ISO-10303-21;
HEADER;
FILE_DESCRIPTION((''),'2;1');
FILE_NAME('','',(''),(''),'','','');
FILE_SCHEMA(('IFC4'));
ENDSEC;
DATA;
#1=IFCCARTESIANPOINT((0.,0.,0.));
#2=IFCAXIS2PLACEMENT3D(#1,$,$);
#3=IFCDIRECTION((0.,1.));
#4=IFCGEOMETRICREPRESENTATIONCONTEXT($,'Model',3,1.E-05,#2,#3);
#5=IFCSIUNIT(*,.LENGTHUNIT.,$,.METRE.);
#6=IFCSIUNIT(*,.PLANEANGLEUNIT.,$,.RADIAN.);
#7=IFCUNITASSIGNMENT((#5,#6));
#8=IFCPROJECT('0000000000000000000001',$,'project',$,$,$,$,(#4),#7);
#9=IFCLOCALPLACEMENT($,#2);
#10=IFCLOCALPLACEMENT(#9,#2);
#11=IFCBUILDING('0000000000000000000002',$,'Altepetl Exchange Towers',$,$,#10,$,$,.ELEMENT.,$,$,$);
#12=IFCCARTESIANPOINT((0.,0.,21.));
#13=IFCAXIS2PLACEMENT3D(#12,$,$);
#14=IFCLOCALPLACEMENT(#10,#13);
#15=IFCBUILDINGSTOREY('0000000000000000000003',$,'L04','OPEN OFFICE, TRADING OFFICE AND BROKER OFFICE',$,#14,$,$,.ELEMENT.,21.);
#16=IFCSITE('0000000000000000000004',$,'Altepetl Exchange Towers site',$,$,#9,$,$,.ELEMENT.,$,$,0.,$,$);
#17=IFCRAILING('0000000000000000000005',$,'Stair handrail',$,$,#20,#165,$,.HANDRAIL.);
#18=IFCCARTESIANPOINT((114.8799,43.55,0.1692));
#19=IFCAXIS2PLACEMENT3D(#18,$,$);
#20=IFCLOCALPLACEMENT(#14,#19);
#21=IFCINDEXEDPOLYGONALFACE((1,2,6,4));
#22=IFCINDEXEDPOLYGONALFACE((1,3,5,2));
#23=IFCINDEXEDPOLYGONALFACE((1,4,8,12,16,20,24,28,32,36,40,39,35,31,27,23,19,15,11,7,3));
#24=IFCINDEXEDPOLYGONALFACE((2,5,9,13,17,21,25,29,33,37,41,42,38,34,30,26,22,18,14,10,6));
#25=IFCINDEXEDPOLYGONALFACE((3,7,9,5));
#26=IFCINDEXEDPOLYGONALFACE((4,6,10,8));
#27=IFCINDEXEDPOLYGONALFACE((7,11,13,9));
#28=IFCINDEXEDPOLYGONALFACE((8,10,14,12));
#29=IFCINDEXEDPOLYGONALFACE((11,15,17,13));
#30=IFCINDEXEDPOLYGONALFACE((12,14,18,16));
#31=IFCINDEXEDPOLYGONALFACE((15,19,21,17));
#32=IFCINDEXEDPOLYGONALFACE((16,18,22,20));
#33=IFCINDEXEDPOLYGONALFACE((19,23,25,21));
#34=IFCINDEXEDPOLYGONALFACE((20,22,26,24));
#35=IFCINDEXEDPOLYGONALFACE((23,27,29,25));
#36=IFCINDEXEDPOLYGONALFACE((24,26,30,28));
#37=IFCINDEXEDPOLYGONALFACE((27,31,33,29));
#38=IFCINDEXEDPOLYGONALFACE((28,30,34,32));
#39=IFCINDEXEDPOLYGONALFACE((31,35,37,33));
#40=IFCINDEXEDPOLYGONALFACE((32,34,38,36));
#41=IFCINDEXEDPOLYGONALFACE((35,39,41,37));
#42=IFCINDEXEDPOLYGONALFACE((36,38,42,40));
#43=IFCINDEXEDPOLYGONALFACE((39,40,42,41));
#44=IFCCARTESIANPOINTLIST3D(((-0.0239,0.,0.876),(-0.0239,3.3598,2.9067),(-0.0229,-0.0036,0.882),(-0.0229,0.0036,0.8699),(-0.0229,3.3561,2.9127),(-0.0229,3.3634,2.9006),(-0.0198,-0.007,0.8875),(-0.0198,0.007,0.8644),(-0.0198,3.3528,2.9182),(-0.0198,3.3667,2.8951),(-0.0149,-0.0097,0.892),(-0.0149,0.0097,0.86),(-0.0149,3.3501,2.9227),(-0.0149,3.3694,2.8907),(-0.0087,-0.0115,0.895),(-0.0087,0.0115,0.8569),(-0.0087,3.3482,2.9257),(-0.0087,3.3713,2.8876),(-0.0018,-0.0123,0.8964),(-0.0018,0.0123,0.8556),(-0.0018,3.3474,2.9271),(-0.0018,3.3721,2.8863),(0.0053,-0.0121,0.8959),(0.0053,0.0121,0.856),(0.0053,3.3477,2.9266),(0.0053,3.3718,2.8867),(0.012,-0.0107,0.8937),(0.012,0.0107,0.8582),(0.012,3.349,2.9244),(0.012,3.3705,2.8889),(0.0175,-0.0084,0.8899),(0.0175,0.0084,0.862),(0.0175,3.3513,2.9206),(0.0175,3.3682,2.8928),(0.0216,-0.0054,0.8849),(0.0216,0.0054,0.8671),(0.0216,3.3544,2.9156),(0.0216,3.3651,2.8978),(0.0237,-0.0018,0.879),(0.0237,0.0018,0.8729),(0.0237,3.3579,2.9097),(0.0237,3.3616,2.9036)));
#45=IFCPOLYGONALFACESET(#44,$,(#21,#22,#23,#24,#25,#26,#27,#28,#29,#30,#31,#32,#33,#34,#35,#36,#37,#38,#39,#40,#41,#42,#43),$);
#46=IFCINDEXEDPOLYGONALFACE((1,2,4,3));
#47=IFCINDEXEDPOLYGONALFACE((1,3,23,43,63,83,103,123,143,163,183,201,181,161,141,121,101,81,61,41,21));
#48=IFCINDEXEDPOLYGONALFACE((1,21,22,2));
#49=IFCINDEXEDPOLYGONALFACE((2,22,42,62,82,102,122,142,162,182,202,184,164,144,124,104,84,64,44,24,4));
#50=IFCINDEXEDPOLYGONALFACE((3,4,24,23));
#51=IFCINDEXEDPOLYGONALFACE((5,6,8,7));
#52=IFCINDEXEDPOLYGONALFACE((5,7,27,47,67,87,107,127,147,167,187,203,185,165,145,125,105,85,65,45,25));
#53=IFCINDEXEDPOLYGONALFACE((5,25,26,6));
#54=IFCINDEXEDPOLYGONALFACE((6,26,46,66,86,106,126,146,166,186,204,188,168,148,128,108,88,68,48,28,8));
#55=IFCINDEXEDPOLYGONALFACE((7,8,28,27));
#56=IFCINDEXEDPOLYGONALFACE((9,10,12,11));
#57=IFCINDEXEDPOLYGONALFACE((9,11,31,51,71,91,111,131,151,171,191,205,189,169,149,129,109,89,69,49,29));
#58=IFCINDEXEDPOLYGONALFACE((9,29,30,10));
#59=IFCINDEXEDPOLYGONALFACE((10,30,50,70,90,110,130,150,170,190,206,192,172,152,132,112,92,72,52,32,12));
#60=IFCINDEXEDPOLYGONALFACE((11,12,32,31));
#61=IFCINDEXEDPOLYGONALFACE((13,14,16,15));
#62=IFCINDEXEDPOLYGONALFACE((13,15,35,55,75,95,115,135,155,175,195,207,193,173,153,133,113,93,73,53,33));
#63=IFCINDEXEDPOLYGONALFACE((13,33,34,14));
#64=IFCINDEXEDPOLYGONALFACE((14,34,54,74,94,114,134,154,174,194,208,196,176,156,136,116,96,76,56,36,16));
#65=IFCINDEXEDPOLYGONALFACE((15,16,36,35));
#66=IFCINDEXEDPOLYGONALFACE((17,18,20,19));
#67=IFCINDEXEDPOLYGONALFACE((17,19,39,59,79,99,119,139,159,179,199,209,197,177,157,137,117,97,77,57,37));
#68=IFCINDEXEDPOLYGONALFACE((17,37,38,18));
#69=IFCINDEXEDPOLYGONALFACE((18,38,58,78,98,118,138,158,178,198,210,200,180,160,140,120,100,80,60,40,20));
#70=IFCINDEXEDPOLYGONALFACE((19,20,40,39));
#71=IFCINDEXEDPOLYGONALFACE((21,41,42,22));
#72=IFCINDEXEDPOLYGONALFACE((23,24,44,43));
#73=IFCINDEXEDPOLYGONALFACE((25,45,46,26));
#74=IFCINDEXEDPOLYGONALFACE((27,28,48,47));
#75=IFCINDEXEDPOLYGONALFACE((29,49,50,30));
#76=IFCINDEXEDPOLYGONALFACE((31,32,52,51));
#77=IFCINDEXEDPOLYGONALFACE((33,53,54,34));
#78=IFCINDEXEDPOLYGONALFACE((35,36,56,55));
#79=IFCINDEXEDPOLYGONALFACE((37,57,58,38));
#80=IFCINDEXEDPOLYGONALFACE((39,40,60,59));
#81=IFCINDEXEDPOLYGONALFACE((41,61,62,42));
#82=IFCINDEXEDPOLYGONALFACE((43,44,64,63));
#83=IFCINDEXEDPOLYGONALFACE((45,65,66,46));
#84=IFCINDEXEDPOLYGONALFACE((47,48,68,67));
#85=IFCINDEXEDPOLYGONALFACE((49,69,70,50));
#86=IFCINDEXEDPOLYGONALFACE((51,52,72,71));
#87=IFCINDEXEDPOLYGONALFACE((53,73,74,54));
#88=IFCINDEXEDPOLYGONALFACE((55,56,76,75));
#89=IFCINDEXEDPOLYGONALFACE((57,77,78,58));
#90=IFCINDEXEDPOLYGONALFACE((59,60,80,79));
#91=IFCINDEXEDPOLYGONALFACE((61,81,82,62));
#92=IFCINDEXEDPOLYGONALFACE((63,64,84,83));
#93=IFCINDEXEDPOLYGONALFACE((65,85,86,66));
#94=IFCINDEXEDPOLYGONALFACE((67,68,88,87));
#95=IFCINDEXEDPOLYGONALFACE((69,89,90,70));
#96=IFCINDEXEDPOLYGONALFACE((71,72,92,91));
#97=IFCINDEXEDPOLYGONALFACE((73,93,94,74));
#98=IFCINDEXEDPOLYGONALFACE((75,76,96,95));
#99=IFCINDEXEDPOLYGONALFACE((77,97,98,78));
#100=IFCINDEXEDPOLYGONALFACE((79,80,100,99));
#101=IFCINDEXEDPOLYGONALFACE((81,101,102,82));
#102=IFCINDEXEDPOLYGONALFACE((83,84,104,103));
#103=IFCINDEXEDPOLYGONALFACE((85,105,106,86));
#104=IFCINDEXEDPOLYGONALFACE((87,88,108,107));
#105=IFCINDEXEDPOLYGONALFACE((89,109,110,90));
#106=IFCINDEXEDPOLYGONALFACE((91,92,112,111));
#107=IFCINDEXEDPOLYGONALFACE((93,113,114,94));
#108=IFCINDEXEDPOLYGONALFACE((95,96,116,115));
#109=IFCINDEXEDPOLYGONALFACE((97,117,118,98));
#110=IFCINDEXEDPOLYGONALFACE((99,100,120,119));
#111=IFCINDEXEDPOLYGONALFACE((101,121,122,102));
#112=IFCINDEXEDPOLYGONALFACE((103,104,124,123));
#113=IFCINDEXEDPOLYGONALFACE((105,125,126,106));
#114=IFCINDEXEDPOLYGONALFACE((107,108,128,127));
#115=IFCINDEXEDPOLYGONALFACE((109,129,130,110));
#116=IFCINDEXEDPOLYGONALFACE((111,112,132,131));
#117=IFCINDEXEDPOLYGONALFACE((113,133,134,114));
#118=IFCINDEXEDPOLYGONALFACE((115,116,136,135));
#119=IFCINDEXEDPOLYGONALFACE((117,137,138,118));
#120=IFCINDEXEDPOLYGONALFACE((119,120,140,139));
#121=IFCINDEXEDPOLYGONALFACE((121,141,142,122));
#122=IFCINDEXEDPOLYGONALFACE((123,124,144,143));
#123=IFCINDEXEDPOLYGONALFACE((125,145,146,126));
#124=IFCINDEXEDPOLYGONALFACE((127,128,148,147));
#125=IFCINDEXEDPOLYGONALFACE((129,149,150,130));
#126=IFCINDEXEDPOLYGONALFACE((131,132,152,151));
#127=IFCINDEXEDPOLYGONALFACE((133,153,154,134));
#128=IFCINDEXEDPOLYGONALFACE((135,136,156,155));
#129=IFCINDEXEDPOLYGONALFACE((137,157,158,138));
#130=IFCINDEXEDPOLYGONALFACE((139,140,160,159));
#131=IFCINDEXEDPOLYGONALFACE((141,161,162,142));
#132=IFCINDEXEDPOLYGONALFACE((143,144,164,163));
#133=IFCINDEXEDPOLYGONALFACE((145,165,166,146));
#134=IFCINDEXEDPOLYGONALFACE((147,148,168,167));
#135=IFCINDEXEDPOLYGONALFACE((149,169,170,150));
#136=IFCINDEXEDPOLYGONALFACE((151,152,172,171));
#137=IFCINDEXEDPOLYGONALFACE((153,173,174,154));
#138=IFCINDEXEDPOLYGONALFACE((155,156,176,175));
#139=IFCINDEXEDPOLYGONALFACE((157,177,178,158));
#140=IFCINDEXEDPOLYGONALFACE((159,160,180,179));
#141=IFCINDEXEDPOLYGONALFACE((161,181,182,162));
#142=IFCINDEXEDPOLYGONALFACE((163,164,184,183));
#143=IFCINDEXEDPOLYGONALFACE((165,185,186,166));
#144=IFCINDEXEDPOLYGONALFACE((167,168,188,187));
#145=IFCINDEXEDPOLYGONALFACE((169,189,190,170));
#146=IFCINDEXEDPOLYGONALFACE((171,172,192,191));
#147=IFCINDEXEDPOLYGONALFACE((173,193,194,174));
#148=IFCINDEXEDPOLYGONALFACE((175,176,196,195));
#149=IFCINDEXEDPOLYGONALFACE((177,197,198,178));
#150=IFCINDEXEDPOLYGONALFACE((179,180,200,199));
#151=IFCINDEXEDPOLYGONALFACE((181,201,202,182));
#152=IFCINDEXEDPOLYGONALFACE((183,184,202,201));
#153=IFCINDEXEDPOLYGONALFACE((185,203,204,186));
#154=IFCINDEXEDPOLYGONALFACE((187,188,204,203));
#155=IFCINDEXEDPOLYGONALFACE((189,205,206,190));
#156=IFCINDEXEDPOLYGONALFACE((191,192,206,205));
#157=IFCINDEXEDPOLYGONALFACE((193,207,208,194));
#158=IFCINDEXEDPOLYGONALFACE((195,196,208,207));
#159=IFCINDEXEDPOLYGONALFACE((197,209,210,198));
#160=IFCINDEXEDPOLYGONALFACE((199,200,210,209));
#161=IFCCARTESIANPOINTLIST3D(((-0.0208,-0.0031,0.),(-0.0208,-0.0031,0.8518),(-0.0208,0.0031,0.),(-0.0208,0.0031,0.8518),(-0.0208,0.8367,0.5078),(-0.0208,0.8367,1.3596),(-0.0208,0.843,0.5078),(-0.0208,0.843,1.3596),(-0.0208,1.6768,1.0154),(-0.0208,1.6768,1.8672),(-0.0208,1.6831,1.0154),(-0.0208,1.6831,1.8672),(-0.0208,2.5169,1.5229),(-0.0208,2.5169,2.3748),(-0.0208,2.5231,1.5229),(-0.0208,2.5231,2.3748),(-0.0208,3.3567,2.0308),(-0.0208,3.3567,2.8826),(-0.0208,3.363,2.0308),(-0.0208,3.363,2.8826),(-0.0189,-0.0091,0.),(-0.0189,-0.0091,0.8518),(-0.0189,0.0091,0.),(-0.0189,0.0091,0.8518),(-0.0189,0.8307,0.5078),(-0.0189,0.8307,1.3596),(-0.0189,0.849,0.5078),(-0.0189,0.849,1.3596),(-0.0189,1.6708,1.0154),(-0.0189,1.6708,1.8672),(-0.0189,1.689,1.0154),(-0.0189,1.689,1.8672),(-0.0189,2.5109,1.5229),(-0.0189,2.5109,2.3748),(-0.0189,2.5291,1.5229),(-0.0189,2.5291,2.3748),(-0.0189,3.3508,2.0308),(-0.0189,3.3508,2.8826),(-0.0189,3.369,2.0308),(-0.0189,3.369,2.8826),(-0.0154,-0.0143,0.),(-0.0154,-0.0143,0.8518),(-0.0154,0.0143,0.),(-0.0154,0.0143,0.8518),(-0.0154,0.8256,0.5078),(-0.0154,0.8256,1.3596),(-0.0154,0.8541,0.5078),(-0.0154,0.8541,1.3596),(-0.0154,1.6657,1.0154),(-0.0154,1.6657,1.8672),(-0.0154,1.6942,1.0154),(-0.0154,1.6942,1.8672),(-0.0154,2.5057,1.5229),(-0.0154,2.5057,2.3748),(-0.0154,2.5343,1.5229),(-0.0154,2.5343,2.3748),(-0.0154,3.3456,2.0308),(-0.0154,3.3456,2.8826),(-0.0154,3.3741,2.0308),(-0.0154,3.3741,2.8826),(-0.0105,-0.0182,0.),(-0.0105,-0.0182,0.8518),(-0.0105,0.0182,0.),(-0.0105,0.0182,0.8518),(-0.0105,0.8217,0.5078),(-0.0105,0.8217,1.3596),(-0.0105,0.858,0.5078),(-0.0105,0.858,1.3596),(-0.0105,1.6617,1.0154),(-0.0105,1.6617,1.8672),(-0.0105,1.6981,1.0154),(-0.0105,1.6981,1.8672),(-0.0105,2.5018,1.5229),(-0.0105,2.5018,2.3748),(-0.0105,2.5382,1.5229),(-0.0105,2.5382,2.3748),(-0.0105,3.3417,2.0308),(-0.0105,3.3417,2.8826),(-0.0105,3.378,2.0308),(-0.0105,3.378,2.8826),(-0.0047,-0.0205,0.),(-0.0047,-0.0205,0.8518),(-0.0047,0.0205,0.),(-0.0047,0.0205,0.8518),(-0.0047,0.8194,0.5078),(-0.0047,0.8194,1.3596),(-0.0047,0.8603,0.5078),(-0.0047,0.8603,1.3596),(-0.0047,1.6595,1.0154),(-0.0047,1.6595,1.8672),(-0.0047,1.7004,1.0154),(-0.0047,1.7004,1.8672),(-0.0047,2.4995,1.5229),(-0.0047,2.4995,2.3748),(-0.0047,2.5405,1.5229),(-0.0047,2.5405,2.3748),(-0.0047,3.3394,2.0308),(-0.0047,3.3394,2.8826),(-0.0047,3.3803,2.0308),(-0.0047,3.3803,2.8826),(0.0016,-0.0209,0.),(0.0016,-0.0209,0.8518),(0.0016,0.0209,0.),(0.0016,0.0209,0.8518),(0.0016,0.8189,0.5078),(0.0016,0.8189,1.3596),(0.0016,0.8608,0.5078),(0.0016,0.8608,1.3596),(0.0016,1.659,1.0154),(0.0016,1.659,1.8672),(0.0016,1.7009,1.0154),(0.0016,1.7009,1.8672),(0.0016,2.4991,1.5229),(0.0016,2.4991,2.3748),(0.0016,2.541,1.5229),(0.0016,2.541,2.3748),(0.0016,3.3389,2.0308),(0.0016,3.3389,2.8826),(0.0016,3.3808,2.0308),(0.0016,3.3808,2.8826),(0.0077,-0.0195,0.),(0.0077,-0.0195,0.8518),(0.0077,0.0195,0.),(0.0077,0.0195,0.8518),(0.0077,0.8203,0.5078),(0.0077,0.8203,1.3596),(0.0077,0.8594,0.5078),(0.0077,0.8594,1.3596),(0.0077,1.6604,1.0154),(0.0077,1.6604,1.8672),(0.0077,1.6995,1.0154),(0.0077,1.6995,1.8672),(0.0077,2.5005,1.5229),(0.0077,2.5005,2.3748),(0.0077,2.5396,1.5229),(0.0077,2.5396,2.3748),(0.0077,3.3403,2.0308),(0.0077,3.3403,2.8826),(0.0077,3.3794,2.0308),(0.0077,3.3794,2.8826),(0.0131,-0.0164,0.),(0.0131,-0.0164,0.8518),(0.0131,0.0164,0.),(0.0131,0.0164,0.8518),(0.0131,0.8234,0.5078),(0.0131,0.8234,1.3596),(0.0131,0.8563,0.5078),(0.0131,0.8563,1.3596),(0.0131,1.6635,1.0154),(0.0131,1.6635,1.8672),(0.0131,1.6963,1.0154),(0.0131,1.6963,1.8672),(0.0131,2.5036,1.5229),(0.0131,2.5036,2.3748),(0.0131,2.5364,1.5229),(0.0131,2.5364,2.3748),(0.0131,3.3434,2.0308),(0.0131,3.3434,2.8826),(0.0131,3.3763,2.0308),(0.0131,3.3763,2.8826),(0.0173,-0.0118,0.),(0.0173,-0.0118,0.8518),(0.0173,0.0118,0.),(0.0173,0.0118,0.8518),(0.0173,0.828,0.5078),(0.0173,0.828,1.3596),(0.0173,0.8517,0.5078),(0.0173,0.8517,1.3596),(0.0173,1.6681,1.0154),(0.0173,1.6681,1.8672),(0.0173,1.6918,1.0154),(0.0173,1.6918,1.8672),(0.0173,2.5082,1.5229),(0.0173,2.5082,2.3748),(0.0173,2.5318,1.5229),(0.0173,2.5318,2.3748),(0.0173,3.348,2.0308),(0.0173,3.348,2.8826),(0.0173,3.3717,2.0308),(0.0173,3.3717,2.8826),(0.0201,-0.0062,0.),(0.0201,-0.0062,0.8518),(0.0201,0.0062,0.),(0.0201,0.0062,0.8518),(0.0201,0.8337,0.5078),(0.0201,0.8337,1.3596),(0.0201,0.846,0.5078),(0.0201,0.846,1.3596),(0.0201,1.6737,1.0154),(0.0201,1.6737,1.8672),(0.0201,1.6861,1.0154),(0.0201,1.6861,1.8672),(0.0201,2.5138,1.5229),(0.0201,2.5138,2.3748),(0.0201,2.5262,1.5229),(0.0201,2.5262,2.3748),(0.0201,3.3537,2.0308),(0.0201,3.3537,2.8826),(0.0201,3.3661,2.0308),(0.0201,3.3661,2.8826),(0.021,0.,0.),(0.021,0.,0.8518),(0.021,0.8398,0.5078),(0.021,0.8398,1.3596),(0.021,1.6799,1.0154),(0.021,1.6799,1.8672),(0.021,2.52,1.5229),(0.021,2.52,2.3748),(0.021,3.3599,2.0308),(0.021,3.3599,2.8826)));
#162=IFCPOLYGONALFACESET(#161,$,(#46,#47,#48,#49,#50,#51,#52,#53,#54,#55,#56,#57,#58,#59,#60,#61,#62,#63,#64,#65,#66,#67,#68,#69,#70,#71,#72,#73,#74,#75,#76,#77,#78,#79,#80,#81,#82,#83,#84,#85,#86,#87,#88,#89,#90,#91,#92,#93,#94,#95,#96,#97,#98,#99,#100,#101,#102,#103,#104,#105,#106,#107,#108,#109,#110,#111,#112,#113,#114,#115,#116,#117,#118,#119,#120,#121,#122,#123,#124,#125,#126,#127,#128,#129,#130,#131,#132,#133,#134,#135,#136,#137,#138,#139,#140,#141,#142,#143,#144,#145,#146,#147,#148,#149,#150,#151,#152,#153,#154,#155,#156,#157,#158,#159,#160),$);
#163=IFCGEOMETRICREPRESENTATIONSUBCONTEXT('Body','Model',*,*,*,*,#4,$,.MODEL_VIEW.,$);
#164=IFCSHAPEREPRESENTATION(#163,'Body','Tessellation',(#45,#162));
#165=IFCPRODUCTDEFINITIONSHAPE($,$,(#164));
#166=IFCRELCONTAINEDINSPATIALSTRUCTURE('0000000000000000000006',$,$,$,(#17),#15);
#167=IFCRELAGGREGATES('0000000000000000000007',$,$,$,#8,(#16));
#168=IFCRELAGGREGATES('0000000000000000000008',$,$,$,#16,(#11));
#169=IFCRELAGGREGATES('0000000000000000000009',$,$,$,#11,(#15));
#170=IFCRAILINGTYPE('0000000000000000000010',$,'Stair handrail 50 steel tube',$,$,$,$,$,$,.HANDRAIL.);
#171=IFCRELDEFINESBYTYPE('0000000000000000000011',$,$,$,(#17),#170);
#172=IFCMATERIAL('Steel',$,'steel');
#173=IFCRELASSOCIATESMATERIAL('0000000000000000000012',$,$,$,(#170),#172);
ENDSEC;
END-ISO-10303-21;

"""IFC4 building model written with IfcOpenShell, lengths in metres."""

from ifc_helpers import new_model, si_unit, direction, frame, origin, origin_2d, place, context, subcontext, project, spatial, circle, extrude, source, transform, mapped, material, type_object, element, save


model = new_model("IFC4")

# Units and contexts
model_context = context("Model", 3, precision=1e-05, world=origin(), true_north=direction((0.0, 1.0)))
body_context = subcontext(model_context, "Body", "Model", "MODEL_VIEW")
ifc_project = project(units=[si_unit("LENGTHUNIT", "METRE"), si_unit("PLANEANGLEUNIT", "RADIAN")], contexts=[model_context])

# Site, building, storey
site_placement = place(None, origin())
site = spatial("IfcSite", under=ifc_project, at=site_placement, Name="Altepetl Exchange Towers site", CompositionType="ELEMENT", RefElevation=0.0)
building_placement = place(site_placement, origin())
building = spatial("IfcBuilding", under=site, at=building_placement, Name="Altepetl Exchange Towers", CompositionType="ELEMENT")
storey_placement = place(building_placement, frame((0.0, 0.0, 21.0)))
storey = spatial("IfcBuildingStorey", under=building, at=storey_placement, Name="L04", Description="OPEN OFFICE, TRADING OFFICE AND BROKER OFFICE", CompositionType="ELEMENT", Elevation=21.0)

# Railing
ifc_material_1 = material(Name="Steel", Category="steel")
railing_type = type_object("IfcRailingType", Name="Stair handrail 50 steel tube", PredefinedType="HANDRAIL", material=ifc_material_1)
shared_shape = source(origin(), body_context, "Body", "SweptSolid", [
    extrude(circle(Radius=0.021, at=origin_2d()), origin(), (0.0, 0.0, 1.0), 0.8518),
])
railing_placement = place(storey_placement, frame((114.8799, 43.55, 0.1692)))
element("IfcRailing", 1, at=railing_placement, inside=storey, type_object=railing_type, Name="Stair handrail", PredefinedType="HANDRAIL", context=body_context, shape_type="SweptSolid", body=[
    extrude(circle(Radius=0.0239, at=origin_2d()), frame((0.0, 0.0, 0.876), z_axis=(0.0, 0.85582, 0.517273), x_axis=(-1.0, 0.0, 0.0)), (0.0, 0.0, 1.0), 3.9258),
    mapped(shared_shape, transform((0.0, 0.0, 0.0))),
    mapped(shared_shape, transform((0.0, 0.8398, 0.5078))),
    mapped(shared_shape, transform((0.0, 1.6799, 1.0154))),
    mapped(shared_shape, transform((0.0, 2.52, 1.5229))),
    mapped(shared_shape, transform((0.0, 3.3599, 2.0308))),
])

save(model, "model.ifc")
